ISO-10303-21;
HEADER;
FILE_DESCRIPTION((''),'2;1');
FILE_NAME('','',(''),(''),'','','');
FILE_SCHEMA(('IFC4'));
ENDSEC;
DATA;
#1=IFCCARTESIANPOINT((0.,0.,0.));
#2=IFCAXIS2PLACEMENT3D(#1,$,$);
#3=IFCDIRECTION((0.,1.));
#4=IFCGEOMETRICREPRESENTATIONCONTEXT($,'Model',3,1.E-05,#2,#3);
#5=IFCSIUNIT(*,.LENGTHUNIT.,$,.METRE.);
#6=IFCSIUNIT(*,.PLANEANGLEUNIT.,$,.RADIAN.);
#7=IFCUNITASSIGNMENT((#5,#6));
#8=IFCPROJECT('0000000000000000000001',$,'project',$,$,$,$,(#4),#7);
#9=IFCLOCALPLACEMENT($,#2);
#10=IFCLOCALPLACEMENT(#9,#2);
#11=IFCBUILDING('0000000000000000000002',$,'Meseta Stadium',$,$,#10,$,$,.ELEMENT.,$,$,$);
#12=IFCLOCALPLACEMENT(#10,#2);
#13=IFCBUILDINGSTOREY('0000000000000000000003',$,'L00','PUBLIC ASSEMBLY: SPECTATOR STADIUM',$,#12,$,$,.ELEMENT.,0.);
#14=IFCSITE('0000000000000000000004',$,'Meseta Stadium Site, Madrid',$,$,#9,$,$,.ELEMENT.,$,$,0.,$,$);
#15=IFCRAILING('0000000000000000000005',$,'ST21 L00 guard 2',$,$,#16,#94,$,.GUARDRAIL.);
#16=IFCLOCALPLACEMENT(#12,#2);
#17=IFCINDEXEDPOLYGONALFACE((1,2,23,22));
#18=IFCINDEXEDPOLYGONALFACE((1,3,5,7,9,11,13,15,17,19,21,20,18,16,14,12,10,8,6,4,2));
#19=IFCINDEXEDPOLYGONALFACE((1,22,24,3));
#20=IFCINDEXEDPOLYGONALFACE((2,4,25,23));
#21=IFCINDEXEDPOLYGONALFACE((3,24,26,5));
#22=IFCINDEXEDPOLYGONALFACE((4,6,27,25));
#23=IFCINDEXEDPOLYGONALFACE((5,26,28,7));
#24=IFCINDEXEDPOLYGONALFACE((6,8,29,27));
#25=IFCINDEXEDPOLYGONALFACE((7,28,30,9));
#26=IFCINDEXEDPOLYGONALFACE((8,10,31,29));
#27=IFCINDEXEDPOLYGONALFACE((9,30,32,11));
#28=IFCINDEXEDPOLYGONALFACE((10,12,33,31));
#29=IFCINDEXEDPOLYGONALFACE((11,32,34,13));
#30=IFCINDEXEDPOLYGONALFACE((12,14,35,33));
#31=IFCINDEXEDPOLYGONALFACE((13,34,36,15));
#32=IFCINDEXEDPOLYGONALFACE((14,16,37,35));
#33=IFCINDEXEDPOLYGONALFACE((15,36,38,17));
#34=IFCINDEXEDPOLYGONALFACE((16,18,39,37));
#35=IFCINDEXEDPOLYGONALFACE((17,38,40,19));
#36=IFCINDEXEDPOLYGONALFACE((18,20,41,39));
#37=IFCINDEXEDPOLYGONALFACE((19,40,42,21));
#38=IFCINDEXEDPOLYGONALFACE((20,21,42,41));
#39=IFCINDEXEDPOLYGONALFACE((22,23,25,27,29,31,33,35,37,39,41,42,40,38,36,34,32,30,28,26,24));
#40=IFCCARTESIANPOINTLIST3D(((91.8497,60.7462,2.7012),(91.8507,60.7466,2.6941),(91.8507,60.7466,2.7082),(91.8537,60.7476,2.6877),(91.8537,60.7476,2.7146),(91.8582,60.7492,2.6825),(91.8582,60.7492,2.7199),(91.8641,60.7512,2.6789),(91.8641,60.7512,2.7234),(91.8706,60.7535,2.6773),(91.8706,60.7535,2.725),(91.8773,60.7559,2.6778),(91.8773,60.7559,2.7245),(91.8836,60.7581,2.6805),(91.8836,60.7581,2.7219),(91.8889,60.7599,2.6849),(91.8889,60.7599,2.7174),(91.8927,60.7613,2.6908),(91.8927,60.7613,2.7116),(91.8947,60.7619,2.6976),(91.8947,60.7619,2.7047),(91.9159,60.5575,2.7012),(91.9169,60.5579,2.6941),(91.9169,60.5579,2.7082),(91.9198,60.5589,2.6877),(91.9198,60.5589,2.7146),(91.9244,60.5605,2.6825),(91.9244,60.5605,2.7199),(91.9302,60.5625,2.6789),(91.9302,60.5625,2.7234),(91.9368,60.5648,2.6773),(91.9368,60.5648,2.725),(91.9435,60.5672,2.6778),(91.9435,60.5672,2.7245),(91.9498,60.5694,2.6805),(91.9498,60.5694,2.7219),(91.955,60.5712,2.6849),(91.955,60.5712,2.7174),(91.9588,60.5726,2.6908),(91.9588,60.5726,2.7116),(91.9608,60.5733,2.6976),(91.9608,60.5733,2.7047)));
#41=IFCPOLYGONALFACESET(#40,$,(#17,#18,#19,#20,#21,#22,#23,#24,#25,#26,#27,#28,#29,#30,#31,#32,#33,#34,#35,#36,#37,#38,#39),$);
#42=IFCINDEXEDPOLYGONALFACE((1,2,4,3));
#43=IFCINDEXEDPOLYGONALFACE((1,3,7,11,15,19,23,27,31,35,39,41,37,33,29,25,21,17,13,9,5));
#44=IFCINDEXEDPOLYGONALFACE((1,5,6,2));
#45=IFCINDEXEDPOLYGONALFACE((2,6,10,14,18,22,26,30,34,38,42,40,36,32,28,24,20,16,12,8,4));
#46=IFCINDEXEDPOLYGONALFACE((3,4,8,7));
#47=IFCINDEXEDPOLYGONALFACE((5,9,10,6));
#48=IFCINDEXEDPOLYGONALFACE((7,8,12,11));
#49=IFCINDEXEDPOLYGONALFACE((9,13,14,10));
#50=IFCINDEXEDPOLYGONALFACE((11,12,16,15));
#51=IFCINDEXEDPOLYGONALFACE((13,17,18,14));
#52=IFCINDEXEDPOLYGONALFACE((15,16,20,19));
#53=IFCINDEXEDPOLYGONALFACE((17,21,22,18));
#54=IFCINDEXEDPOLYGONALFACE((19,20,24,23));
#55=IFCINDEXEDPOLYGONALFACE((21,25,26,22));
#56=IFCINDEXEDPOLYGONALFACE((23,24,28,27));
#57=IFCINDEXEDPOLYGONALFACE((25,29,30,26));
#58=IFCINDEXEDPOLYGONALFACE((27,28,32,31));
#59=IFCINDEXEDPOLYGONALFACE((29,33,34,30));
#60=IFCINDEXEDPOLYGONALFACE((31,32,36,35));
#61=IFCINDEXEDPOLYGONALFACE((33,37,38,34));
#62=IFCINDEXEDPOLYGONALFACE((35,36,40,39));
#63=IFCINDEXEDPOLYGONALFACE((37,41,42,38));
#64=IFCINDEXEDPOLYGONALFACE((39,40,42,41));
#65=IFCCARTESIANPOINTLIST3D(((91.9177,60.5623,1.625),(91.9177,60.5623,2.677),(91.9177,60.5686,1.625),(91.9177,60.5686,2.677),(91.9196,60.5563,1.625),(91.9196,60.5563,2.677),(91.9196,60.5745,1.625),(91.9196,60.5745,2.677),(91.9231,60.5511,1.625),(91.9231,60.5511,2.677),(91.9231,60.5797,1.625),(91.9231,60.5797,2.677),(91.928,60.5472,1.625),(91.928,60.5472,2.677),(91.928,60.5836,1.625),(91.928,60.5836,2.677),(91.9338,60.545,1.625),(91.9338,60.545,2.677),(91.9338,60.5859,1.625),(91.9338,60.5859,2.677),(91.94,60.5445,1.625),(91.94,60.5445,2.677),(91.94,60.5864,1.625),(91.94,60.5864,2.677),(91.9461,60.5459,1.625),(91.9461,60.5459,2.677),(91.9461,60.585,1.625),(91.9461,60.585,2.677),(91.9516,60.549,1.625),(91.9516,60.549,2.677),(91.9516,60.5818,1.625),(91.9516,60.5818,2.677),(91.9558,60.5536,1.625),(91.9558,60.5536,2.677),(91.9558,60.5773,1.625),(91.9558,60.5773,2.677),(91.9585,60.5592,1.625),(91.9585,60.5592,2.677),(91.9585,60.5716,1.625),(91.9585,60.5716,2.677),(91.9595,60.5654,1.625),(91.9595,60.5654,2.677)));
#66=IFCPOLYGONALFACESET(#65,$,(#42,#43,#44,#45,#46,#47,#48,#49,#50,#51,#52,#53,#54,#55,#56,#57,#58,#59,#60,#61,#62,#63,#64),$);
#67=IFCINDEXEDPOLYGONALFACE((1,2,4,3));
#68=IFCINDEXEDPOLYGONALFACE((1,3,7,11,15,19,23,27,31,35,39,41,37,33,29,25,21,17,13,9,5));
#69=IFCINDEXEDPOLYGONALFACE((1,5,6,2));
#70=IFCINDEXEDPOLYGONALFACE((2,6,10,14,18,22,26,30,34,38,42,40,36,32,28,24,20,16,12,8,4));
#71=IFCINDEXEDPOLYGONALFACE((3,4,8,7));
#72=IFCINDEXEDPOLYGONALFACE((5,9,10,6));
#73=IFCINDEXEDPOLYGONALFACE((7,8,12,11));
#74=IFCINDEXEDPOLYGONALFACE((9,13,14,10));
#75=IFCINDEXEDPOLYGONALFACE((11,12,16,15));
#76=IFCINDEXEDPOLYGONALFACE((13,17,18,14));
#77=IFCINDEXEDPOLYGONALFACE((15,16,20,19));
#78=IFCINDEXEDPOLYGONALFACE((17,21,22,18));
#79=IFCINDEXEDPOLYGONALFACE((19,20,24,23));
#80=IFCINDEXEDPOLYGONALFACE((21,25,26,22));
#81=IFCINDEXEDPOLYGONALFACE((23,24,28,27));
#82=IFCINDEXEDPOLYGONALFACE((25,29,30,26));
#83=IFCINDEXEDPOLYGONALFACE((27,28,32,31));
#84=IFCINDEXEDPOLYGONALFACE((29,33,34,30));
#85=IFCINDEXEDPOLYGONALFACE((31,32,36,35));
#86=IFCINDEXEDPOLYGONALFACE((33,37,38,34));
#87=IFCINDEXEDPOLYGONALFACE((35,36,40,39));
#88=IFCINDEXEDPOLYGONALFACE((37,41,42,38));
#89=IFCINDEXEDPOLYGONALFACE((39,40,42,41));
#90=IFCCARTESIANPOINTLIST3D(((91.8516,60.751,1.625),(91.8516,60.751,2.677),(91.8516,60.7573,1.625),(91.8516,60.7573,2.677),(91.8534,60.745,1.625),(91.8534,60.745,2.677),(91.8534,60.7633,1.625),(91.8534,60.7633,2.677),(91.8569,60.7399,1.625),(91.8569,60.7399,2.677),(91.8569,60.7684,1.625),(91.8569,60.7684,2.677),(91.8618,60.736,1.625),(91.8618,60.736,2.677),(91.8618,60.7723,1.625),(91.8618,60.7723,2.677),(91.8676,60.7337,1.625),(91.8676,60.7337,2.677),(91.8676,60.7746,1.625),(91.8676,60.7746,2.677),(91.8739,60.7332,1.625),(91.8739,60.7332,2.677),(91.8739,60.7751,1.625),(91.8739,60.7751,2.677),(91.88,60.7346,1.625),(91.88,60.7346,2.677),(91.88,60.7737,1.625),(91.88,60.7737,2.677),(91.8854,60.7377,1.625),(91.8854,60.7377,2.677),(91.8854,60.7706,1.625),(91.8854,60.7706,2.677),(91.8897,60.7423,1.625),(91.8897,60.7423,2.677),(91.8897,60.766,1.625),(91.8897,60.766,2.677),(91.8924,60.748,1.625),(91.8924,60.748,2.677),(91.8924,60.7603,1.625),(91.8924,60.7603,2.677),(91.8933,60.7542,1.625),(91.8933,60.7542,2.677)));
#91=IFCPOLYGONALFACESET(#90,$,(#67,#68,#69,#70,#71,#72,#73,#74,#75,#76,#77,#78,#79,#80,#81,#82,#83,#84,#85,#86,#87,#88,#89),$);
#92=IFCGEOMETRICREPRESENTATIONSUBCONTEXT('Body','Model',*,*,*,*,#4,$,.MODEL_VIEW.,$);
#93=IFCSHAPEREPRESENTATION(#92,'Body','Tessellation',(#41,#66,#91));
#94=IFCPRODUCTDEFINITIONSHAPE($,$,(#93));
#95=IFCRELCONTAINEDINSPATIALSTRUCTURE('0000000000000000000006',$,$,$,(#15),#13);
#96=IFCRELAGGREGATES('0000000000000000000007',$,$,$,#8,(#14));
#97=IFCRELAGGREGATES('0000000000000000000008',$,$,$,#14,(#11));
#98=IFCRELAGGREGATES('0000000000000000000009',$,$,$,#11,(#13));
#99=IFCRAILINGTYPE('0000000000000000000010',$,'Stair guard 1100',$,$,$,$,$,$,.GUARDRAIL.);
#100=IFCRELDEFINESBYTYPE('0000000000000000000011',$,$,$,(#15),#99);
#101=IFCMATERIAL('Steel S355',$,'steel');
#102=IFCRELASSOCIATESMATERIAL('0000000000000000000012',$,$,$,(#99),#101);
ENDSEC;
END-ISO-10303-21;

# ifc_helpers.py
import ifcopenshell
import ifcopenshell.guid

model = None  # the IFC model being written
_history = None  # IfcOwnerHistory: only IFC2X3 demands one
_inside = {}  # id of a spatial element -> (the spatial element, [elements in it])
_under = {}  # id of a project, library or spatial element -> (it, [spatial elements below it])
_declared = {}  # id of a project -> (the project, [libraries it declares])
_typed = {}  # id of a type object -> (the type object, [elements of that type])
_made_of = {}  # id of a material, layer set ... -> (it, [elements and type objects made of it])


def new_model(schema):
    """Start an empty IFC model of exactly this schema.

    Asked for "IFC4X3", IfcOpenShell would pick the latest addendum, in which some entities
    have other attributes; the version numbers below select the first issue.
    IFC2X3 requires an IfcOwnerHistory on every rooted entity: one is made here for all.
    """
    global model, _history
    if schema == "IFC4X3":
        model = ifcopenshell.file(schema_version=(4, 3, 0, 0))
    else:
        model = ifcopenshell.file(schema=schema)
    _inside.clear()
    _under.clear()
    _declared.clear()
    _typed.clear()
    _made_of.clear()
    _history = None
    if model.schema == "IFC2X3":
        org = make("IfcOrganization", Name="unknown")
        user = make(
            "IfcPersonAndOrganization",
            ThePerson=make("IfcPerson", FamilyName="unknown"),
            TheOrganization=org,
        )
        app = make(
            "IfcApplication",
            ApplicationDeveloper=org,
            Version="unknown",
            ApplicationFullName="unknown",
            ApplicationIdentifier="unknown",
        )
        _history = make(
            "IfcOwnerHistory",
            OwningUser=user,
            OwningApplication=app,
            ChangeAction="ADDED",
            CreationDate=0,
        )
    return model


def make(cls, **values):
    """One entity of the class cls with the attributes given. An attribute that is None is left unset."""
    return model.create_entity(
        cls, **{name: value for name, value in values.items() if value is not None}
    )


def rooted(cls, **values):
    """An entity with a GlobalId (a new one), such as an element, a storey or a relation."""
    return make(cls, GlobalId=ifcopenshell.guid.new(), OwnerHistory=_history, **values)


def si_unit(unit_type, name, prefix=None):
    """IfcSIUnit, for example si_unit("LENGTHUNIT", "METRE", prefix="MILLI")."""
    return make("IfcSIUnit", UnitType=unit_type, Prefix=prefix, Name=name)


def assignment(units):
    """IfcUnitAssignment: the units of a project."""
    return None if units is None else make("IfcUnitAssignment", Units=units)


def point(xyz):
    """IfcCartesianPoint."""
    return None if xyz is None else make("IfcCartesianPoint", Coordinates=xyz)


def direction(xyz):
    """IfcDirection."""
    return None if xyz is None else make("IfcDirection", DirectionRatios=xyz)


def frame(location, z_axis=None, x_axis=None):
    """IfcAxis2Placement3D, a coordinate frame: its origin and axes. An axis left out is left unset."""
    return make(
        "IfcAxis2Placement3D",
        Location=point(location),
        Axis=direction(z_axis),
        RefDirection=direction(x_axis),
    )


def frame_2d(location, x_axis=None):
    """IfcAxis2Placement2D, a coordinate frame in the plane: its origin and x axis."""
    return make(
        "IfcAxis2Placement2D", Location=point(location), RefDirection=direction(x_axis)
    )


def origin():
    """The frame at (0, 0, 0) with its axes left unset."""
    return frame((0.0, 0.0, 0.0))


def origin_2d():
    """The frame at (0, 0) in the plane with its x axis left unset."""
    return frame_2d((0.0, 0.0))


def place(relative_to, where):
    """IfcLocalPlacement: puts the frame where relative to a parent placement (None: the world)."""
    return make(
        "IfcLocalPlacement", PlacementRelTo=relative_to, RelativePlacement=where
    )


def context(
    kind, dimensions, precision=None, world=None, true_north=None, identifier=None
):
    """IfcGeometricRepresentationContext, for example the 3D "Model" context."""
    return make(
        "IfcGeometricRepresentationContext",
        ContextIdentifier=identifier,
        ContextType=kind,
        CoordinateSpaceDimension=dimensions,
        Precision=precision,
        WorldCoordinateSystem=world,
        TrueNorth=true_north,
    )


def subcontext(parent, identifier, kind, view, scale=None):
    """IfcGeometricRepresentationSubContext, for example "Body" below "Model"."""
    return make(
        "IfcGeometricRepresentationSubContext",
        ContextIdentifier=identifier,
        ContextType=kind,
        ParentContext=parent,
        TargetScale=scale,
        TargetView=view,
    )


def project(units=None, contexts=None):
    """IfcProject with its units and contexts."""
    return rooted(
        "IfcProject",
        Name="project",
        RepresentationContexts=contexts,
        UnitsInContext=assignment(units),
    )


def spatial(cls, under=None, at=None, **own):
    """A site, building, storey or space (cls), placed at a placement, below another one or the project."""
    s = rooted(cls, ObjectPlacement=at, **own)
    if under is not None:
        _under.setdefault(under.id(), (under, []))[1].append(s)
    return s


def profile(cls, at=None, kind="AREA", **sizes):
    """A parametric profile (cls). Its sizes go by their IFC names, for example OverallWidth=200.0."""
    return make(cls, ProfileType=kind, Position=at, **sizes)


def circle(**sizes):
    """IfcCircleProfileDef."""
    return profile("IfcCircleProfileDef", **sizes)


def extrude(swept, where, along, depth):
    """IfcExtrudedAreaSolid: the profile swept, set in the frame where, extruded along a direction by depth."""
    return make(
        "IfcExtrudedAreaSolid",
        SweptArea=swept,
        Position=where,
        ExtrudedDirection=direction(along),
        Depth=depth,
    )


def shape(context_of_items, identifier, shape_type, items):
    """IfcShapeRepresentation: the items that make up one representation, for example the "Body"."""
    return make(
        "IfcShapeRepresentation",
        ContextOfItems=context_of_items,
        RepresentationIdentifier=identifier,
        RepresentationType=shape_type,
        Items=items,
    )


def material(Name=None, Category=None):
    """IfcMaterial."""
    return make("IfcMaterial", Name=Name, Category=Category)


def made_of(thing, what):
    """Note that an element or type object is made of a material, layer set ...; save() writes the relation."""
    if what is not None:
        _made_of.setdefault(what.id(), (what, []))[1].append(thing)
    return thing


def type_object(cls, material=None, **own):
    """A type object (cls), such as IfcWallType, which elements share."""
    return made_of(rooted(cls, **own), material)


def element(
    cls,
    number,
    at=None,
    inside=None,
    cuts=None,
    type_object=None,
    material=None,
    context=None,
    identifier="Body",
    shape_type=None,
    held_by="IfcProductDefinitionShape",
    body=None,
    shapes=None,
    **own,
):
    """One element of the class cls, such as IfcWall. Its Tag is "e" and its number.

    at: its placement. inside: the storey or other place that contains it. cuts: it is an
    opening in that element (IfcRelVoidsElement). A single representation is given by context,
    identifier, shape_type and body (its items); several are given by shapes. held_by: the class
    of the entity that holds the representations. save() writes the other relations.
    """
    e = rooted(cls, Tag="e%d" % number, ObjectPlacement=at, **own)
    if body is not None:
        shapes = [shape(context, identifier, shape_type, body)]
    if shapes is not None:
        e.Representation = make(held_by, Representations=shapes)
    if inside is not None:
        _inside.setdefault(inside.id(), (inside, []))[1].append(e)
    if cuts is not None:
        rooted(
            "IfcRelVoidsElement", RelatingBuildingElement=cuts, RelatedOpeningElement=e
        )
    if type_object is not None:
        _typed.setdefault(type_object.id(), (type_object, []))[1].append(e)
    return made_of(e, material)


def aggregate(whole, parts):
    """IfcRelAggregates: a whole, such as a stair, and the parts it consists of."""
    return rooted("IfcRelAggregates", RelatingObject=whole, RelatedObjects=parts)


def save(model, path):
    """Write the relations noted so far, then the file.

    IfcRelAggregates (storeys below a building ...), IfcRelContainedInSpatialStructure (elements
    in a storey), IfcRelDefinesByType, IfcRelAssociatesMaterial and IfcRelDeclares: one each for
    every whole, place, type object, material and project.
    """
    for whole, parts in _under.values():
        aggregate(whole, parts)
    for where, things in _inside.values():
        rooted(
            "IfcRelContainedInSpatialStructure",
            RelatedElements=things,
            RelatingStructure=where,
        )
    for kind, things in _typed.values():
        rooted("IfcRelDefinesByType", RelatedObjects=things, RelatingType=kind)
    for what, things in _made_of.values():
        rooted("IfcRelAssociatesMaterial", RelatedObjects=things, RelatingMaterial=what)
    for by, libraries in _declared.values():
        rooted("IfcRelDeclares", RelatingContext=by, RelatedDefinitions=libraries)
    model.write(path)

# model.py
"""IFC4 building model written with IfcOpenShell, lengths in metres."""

from ifc_helpers import new_model, si_unit, direction, frame, origin, origin_2d, place, context, subcontext, project, spatial, circle, extrude, material, type_object, element, save


model = new_model("IFC4")

# Units and contexts
model_context = context("Model", 3, precision=1e-05, world=origin(), true_north=direction((0.0, 1.0)))
body_context = subcontext(model_context, "Body", "Model", "MODEL_VIEW")
ifc_project = project(units=[si_unit("LENGTHUNIT", "METRE"), si_unit("PLANEANGLEUNIT", "RADIAN")], contexts=[model_context])

# Site, building, storey
site_placement = place(None, origin())
site = spatial("IfcSite", under=ifc_project, at=site_placement, Name="Meseta Stadium Site, Madrid", CompositionType="ELEMENT", RefElevation=0.0)
building_placement = place(site_placement, origin())
building = spatial("IfcBuilding", under=site, at=building_placement, Name="Meseta Stadium", CompositionType="ELEMENT")
storey_placement = place(building_placement, origin())
storey = spatial("IfcBuildingStorey", under=building, at=storey_placement, Name="L00", Description="PUBLIC ASSEMBLY: SPECTATOR STADIUM", CompositionType="ELEMENT", Elevation=0.0)

# Railing
ifc_material_1 = material(Name="Steel S355", Category="steel")
railing_type_1 = type_object("IfcRailingType", Name="Stair guard 1100", PredefinedType="GUARDRAIL", material=ifc_material_1)
railing_1_placement = place(storey_placement, frame((91.9385, 60.5654, 1.625)))
element("IfcRailing", 1, at=railing_1_placement, inside=storey, type_object=railing_type_1, Name="ST21 L00 guard 2", PredefinedType="GUARDRAIL", context=body_context, shape_type="SweptSolid", body=[
    extrude(circle(Radius=0.0239, at=origin_2d()), frame((0.0, 0.0, 1.0762), z_axis=(-0.33084, 0.943687, 0.0), x_axis=(-0.943687, -0.33084, 0.0)), (0.0, 0.0, 1.0), 0.2),
    extrude(circle(Radius=0.021, at=origin_2d()), origin(), (0.0, 0.0, 1.0), 1.052),
    extrude(circle(Radius=0.021, at=origin_2d()), frame((-0.0662, 0.1887, 0.0)), (0.0, 0.0, 1.0), 1.052),
])

save(model, "model.ifc")
